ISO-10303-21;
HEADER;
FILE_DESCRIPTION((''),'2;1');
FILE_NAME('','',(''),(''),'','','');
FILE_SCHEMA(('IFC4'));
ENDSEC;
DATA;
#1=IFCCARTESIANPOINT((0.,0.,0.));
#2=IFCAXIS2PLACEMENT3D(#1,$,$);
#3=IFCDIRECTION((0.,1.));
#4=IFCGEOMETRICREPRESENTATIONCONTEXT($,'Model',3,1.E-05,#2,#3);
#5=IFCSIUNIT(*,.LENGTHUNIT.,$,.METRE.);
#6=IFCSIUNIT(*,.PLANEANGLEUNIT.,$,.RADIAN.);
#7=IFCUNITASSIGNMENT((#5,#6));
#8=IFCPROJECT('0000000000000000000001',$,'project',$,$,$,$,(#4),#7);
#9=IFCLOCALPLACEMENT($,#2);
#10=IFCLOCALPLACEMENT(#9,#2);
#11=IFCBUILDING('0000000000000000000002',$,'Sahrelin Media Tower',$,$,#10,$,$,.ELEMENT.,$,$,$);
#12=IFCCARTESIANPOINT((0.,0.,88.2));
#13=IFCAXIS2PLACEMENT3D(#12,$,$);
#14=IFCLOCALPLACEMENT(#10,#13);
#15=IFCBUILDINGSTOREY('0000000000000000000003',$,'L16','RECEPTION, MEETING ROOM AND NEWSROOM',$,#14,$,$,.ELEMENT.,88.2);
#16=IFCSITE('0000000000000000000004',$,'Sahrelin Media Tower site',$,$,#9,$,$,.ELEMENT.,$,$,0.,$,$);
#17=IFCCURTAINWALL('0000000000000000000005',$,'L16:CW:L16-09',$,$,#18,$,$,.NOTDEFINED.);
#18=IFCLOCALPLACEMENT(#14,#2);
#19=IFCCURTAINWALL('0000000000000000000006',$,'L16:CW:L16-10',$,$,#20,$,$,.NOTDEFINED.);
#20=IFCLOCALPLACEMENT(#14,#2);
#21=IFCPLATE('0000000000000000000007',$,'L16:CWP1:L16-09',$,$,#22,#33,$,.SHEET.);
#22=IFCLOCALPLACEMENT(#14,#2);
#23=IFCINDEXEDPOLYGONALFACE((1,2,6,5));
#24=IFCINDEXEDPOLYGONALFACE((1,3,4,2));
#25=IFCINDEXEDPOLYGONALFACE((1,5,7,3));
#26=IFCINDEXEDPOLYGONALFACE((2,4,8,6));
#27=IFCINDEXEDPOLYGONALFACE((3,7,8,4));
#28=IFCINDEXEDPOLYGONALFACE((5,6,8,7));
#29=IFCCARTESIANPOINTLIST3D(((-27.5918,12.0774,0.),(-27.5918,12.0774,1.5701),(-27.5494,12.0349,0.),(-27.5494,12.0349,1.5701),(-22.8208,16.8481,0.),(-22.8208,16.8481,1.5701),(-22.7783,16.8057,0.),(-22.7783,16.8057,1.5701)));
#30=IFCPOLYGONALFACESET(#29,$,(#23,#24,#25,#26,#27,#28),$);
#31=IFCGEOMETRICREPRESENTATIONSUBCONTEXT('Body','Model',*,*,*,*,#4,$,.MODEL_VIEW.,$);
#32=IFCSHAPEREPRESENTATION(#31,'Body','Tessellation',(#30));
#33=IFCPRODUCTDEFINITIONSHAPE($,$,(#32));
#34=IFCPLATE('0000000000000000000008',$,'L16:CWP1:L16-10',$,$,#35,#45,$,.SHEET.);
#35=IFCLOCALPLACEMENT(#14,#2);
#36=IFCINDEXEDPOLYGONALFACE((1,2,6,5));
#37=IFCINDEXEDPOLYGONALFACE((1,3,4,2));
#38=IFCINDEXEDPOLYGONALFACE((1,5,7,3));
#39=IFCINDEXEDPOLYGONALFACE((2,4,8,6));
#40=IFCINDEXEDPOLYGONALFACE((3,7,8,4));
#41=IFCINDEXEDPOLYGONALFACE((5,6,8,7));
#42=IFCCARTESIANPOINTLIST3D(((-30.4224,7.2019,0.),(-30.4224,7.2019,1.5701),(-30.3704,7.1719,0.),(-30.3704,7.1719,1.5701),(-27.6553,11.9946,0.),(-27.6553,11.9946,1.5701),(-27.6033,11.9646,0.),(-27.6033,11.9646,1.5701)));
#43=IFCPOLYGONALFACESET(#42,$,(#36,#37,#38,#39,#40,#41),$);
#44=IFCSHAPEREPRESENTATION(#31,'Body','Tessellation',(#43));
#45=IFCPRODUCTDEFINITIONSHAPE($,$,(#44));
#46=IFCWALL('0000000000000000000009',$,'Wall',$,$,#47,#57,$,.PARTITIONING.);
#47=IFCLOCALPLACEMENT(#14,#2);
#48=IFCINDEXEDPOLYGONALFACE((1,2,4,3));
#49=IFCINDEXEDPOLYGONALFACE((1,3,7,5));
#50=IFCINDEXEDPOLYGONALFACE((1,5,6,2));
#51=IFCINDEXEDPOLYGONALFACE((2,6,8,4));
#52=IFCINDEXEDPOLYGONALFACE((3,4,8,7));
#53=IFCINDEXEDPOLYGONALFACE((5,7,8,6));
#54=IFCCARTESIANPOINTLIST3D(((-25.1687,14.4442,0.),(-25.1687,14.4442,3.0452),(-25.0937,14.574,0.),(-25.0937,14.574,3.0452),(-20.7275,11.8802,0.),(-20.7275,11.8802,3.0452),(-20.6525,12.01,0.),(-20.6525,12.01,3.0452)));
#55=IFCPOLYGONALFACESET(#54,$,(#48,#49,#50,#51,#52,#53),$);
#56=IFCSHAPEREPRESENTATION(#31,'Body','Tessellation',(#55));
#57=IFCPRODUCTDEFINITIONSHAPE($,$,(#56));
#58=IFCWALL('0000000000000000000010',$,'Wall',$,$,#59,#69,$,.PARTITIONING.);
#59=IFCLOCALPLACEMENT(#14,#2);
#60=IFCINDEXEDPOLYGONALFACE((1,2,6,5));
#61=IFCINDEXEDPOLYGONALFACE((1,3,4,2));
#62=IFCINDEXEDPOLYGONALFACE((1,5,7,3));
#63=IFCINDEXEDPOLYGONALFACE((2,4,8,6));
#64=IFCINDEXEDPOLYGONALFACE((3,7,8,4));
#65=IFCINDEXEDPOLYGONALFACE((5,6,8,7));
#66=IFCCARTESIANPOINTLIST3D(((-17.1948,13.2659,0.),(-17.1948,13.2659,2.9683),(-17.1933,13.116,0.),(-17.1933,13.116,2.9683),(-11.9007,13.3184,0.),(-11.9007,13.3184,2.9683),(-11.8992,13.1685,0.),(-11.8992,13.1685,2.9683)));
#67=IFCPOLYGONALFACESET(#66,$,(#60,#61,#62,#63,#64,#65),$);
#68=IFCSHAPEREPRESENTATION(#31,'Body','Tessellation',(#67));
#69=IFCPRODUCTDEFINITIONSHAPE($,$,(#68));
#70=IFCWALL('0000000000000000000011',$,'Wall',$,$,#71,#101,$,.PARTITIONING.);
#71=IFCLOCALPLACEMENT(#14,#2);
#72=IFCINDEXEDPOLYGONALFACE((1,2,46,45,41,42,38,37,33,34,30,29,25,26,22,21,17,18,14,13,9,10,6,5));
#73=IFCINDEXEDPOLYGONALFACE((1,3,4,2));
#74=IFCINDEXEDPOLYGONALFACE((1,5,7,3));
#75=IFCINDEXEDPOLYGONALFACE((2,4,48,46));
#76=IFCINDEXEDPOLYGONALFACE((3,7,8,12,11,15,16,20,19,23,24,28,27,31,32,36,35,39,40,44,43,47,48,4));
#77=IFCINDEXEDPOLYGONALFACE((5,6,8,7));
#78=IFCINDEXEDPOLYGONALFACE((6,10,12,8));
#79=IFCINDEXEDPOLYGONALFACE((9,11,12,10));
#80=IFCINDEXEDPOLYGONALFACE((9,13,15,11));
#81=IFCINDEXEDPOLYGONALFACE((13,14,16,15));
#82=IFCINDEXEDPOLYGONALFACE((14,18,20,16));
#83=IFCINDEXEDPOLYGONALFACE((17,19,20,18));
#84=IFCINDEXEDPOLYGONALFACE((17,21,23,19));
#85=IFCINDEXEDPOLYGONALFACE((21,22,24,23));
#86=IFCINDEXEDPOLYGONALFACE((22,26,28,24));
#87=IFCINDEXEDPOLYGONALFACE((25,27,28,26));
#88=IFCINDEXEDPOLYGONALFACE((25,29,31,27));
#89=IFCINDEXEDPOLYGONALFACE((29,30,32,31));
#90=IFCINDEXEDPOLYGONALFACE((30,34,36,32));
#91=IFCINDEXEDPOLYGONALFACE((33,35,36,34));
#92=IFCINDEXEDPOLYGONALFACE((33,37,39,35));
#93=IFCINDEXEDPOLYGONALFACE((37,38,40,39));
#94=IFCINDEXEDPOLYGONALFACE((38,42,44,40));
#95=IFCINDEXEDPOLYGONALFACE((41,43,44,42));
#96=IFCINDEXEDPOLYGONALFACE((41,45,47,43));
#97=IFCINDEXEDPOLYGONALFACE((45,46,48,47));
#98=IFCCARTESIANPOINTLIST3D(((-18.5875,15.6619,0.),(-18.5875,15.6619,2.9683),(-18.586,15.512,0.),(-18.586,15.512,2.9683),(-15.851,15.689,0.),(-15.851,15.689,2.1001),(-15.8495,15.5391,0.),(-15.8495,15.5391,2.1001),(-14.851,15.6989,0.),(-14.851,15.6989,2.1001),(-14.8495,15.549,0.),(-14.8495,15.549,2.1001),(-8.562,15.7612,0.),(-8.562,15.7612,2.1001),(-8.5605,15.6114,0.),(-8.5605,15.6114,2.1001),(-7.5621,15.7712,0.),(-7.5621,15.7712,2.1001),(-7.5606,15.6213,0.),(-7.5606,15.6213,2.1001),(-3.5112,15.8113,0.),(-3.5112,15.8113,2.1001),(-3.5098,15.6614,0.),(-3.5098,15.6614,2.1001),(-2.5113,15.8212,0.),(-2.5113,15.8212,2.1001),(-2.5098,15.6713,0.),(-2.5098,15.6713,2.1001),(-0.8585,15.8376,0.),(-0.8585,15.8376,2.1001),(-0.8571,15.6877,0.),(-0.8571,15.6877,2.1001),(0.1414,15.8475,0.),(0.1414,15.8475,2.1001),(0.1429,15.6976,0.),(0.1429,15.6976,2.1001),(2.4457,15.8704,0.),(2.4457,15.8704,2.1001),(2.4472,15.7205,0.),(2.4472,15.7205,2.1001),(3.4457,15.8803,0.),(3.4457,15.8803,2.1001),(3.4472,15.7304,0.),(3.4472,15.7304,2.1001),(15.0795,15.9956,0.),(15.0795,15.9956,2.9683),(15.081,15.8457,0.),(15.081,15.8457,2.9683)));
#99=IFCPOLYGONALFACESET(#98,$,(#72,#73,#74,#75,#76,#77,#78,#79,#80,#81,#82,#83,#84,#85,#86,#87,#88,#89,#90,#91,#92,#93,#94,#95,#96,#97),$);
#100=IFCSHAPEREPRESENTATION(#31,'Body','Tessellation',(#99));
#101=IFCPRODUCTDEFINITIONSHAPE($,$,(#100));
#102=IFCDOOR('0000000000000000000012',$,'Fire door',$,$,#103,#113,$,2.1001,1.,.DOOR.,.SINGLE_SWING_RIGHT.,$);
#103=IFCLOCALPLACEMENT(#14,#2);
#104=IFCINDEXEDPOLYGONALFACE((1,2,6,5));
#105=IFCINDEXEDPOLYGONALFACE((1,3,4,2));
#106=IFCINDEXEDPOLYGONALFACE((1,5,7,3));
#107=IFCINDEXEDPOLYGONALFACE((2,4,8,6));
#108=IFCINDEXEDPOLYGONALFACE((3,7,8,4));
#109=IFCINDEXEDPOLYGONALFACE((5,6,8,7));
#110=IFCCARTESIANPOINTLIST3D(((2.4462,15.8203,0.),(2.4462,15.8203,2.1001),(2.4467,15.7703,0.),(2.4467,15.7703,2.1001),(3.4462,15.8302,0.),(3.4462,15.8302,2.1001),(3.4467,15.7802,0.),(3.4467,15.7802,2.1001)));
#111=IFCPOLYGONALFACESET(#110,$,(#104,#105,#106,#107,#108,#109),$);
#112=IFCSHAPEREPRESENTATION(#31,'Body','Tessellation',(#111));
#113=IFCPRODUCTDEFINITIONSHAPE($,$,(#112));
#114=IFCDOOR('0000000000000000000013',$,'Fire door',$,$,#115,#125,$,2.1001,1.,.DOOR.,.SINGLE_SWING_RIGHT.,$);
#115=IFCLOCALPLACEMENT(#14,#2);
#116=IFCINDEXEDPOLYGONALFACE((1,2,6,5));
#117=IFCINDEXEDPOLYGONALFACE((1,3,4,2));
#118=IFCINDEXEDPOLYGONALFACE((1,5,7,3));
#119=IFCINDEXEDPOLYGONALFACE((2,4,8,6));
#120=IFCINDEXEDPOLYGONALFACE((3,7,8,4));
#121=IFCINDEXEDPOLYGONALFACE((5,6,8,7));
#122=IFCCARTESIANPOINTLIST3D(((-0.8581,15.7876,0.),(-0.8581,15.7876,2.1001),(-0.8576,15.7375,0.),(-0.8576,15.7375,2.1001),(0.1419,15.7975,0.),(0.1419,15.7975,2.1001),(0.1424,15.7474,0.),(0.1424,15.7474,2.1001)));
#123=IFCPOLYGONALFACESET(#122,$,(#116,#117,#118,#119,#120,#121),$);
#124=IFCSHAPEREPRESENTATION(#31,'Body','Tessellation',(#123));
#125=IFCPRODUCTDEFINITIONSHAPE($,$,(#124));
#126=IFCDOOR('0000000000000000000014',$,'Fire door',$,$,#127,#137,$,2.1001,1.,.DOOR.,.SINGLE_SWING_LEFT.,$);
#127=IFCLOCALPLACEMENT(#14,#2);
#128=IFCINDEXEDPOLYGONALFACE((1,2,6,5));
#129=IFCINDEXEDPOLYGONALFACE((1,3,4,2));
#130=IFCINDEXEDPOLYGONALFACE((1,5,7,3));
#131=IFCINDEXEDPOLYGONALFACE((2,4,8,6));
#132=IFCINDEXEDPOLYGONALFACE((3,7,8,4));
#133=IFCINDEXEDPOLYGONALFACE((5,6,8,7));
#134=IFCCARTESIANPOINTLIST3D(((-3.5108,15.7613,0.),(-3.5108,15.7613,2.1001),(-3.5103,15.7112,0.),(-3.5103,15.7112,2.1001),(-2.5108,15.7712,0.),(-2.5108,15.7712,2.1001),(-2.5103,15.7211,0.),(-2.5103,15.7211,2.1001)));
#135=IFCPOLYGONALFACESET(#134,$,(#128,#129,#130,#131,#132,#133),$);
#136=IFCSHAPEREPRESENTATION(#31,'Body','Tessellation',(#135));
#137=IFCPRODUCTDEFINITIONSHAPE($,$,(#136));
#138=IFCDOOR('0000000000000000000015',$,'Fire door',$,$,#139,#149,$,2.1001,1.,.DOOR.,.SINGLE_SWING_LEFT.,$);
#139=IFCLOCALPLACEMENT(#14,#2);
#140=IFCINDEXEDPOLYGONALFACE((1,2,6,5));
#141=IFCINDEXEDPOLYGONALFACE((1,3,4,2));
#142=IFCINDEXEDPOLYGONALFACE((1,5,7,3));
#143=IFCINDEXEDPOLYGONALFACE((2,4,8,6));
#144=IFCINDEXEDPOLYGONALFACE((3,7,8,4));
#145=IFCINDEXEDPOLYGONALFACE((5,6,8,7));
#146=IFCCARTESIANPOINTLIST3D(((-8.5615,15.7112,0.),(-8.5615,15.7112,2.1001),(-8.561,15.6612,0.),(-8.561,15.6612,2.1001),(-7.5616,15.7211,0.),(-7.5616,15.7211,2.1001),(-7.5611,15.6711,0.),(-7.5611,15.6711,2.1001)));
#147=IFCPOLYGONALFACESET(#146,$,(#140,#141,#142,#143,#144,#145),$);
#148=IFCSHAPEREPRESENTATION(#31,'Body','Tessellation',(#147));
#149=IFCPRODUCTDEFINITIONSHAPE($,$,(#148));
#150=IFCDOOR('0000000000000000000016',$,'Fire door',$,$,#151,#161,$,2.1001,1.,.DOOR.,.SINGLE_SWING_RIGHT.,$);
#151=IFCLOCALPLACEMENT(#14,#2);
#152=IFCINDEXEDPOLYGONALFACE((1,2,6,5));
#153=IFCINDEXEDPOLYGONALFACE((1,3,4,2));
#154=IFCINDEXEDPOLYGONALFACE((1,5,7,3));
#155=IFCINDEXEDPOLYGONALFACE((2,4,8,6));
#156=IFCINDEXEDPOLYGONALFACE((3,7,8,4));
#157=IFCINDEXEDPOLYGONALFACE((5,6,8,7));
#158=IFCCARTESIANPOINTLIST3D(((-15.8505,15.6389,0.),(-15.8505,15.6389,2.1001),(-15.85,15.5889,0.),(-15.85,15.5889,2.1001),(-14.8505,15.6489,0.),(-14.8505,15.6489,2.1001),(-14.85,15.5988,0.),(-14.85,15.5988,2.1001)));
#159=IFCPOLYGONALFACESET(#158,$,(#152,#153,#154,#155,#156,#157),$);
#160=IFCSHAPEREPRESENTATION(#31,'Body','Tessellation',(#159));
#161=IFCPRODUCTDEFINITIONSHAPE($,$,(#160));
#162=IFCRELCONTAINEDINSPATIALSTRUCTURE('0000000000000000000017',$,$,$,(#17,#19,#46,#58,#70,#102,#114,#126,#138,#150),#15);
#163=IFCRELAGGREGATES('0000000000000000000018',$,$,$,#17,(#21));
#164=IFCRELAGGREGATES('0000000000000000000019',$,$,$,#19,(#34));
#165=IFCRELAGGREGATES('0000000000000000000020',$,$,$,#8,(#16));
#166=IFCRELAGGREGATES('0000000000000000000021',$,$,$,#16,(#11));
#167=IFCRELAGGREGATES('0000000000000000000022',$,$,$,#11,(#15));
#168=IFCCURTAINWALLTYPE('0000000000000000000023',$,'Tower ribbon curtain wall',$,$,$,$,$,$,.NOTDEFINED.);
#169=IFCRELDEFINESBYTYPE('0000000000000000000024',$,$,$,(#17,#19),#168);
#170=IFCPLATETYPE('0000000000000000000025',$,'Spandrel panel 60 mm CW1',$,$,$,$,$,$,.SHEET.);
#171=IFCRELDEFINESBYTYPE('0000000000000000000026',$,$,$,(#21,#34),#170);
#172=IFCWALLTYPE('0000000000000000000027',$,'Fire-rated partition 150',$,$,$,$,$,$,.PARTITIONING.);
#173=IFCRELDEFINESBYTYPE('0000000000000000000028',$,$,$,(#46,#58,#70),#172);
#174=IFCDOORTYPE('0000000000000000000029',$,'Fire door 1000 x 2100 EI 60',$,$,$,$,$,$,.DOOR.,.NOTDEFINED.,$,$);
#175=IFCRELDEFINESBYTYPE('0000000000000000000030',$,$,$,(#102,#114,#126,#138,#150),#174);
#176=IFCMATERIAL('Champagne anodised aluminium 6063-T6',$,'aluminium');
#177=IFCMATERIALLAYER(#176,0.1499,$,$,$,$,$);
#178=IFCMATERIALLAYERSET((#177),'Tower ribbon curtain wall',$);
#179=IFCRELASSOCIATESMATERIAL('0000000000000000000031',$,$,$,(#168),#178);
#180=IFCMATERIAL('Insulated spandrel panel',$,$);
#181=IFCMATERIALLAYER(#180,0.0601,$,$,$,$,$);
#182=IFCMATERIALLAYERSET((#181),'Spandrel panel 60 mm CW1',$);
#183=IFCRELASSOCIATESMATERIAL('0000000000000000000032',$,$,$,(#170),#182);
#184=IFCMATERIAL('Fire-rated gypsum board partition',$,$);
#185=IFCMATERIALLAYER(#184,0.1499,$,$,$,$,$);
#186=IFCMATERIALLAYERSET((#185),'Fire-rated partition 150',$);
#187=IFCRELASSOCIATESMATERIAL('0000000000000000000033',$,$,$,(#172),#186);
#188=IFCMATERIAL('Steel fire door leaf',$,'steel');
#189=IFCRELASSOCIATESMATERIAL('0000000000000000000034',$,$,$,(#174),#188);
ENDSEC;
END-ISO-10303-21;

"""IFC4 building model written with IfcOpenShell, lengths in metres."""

from ifc_helpers import new_model, si_unit, direction, frame, frame_2d, origin, place, context, subcontext, project, spatial, polyline, rectangle, outline, extrude, material, layer, layer_set, type_object, element, fill, aggregate, save


model = new_model("IFC4")

# Units and contexts
model_context = context("Model", 3, precision=1e-05, world=origin(), true_north=direction((0.0, 1.0)))
body_context = subcontext(model_context, "Body", "Model", "MODEL_VIEW")
ifc_project = project(units=[si_unit("LENGTHUNIT", "METRE"), si_unit("PLANEANGLEUNIT", "RADIAN")], contexts=[model_context])

# Site, building, storey
site_placement = place(None, origin())
site = spatial("IfcSite", under=ifc_project, at=site_placement, Name="Sahrelin Media Tower site", CompositionType="ELEMENT", RefElevation=0.0)
building_placement = place(site_placement, origin())
building = spatial("IfcBuilding", under=site, at=building_placement, Name="Sahrelin Media Tower", CompositionType="ELEMENT")
storey_placement = place(building_placement, frame((0.0, 0.0, 88.2)))
storey = spatial("IfcBuildingStorey", under=building, at=storey_placement, Name="L16", Description="RECEPTION, MEETING ROOM AND NEWSROOM", CompositionType="ELEMENT", Elevation=88.2)

# Curtain wall
ifc_material_1 = material(Name="Champagne anodised aluminium 6063-T6", Category="aluminium")
ifc_layer_1 = layer(ifc_material_1, 0.1499)
ifc_layer_set_1 = layer_set([ifc_layer_1], Name="Tower ribbon curtain wall")
curtain_wall_type = type_object("IfcCurtainWallType", Name="Tower ribbon curtain wall", PredefinedType="NOTDEFINED", material=ifc_layer_set_1)
curtain_wall_1_placement = place(storey_placement, frame((-25.1921, 14.4487, 0.0), z_axis=(0.0, 0.0, 1.0), x_axis=(1.0, 0.0, 0.0)))
curtain_wall_1 = element("IfcCurtainWall", 1, at=curtain_wall_1_placement, inside=storey, type_object=curtain_wall_type, Name="L16:CW:L16-09", PredefinedType="NOTDEFINED")

# Curtain wall
curtain_wall_2_placement = place(storey_placement, frame((-29.0215, 9.5884, 0.0), z_axis=(0.0, 0.0, 1.0), x_axis=(1.0, 0.0, 0.0)))
curtain_wall_2 = element("IfcCurtainWall", 2, at=curtain_wall_2_placement, inside=storey, type_object=curtain_wall_type, Name="L16:CW:L16-10", PredefinedType="NOTDEFINED")

# Plates
ifc_material_2 = material(Name="Insulated spandrel panel")
ifc_layer_2 = layer(ifc_material_2, 0.0601)
ifc_layer_set_2 = layer_set([ifc_layer_2], Name="Spandrel panel 60 mm CW1")
plate_type_1 = type_object("IfcPlateType", Name="Spandrel panel 60 mm CW1", PredefinedType="SHEET", material=ifc_layer_set_2)
plate_1_placement = place(storey_placement, frame((-22.8208, 16.8481, 0.0), z_axis=(-0.707089, 0.707125, 0.0), x_axis=(-0.707125, -0.707089, 0.0)))
plate_1 = element("IfcPlate", 3, at=plate_1_placement, type_object=plate_type_1, Name="L16:CWP1:L16-09", PredefinedType="SHEET", context=body_context, shape_type="SweptSolid", body=[
    extrude(outline(polyline([(0.0, 0.0), (6.7471, 0.0), (6.7471, 1.5701), (0.0, 1.5701), (0.0, 0.0)])), origin(), (0.0, 0.0, -1.0), 0.0601),
])
aggregate(curtain_wall_1, [plate_1])
plate_2_placement = place(storey_placement, frame((-27.6553, 11.9946, 0.0), z_axis=(-0.866025, 0.500001, 0.0), x_axis=(-0.500001, -0.866025, 0.0)))
plate_2 = element("IfcPlate", 4, at=plate_2_placement, type_object=plate_type_1, Name="L16:CWP1:L16-10", PredefinedType="SHEET", context=body_context, shape_type="SweptSolid", body=[
    extrude(outline(polyline([(0.0, 0.0), (5.5342, 0.0), (5.5342, 1.5701), (0.0, 1.5701), (0.0, 0.0)])), origin(), (0.0, 0.0, -1.0), 0.0601),
])
aggregate(curtain_wall_2, [plate_2])

# Walls
ifc_material_3 = material(Name="Fire-rated gypsum board partition")
ifc_layer_3 = layer(ifc_material_3, 0.1499)
ifc_layer_set_3 = layer_set([ifc_layer_3], Name="Fire-rated partition 150")
wall_type_1 = type_object("IfcWallType", Name="Fire-rated partition 150", PredefinedType="PARTITIONING", material=ifc_layer_set_3)
wall_1_placement = place(storey_placement, frame((-25.1311, 14.509, 0.0), z_axis=(0.0, 0.0, 1.0), x_axis=(0.866037, -0.499979, 0.0)))
element("IfcWall", 5, at=wall_1_placement, inside=storey, type_object=wall_type_1, Name="Wall", PredefinedType="PARTITIONING", context=body_context, shape_type="SweptSolid", body=[
    extrude(rectangle(XDim=5.1282, YDim=0.1499, at=frame_2d((2.564, 0.0))), origin(), (0.0, 0.0, 1.0), 3.0452),
])
wall_2_placement = place(storey_placement, frame((-17.1941, 13.1909, 0.0), z_axis=(0.0, 0.0, 1.0), x_axis=(0.999951, 0.009914, 0.0)))
element("IfcWall", 6, at=wall_2_placement, inside=storey, type_object=wall_type_1, Name="Wall", PredefinedType="PARTITIONING", context=body_context, shape_type="SweptSolid", body=[
    extrude(rectangle(XDim=5.2944, YDim=0.1499, at=frame_2d((2.6472, 0.0))), origin(), (0.0, 0.0, 1.0), 2.9683),
])

# Wall, openings, doors
wall_3_placement = place(storey_placement, frame((-18.5869, 15.5869, 0.0), z_axis=(0.0, 0.0, 1.0), x_axis=(0.999951, 0.009912, 0.0)))
wall_3 = element("IfcWall", 7, at=wall_3_placement, inside=storey, type_object=wall_type_1, Name="Wall", PredefinedType="PARTITIONING", context=body_context, shape_type="SweptSolid", body=[
    extrude(rectangle(XDim=33.6687, YDim=0.1499, at=frame_2d((16.8345, 0.0))), origin(), (0.0, 0.0, 1.0), 2.9683),
])
opening_1_placement = place(wall_3_placement, frame((21.0344, 0.0, 0.0)))
opening_1 = element("IfcOpeningElement", 8, at=opening_1_placement, cuts=wall_3, PredefinedType="OPENING", context=body_context, shape_type="SweptSolid", body=[
    extrude(rectangle(XDim=1.0, YDim=2.1001, at=frame_2d((0.5, 1.05))), frame((0.0, 0.075, 0.0), z_axis=(0.0, -1.0, 0.0), x_axis=(1.0, 0.0, 0.0)), (0.0, 0.0, 1.0), 0.1499),
])
opening_2_placement = place(wall_3_placement, frame((17.73, 0.0, 0.0)))
opening_2 = element("IfcOpeningElement", 9, at=opening_2_placement, cuts=wall_3, PredefinedType="OPENING", context=body_context, shape_type="SweptSolid", body=[
    extrude(rectangle(XDim=1.0, YDim=2.1001, at=frame_2d((0.5, 1.05))), frame((0.0, 0.075, 0.0), z_axis=(0.0, -1.0, 0.0), x_axis=(1.0, 0.0, 0.0)), (0.0, 0.0, 1.0), 0.1499),
])
opening_3_placement = place(wall_3_placement, frame((15.0771, 0.0, 0.0)))
opening_3 = element("IfcOpeningElement", 10, at=opening_3_placement, cuts=wall_3, PredefinedType="OPENING", context=body_context, shape_type="SweptSolid", body=[
    extrude(rectangle(XDim=1.0, YDim=2.1001, at=frame_2d((0.5, 1.05))), frame((0.0, 0.075, 0.0), z_axis=(0.0, -1.0, 0.0), x_axis=(1.0, 0.0, 0.0)), (0.0, 0.0, 1.0), 0.1499),
])
opening_4_placement = place(wall_3_placement, frame((10.0261, 0.0, 0.0)))
opening_4 = element("IfcOpeningElement", 11, at=opening_4_placement, cuts=wall_3, PredefinedType="OPENING", context=body_context, shape_type="SweptSolid", body=[
    extrude(rectangle(XDim=1.0, YDim=2.1001, at=frame_2d((0.5, 1.05))), frame((0.0, 0.075, 0.0), z_axis=(0.0, -1.0, 0.0), x_axis=(1.0, 0.0, 0.0)), (0.0, 0.0, 1.0), 0.1499),
])
opening_5_placement = place(wall_3_placement, frame((2.7368, 0.0, 0.0)))
opening_5 = element("IfcOpeningElement", 12, at=opening_5_placement, cuts=wall_3, PredefinedType="OPENING", context=body_context, shape_type="SweptSolid", body=[
    extrude(rectangle(XDim=1.0, YDim=2.1001, at=frame_2d((0.5, 1.05))), frame((0.0, 0.075, 0.0), z_axis=(0.0, -1.0, 0.0), x_axis=(1.0, 0.0, 0.0)), (0.0, 0.0, 1.0), 0.1499),
])
ifc_material_4 = material(Name="Steel fire door leaf", Category="steel")
door_type_1 = type_object("IfcDoorType", Name="Fire door 1000 x 2100 EI 60", OperationType="NOTDEFINED", PredefinedType="DOOR", material=ifc_material_4)
door_1_placement = place(opening_1_placement, origin())
door_1 = element("IfcDoor", 13, at=door_1_placement, inside=storey, type_object=door_type_1, Name="Fire door", OperationType="SINGLE_SWING_RIGHT", OverallHeight=2.1001, OverallWidth=1.0, PredefinedType="DOOR", context=body_context, shape_type="SweptSolid", body=[
    extrude(rectangle(XDim=1.0, YDim=2.1001, at=frame_2d((0.5, 1.05))), frame((0.0, 0.0249, 0.0), z_axis=(0.0, -1.0, 0.0), x_axis=(1.0, 0.0, 0.0)), (0.0, 0.0, 1.0), 0.05),
])
fill(opening_1, door_1)
door_2_placement = place(opening_2_placement, origin())
door_2 = element("IfcDoor", 14, at=door_2_placement, inside=storey, type_object=door_type_1, Name="Fire door", OperationType="SINGLE_SWING_RIGHT", OverallHeight=2.1001, OverallWidth=1.0, PredefinedType="DOOR", context=body_context, shape_type="SweptSolid", body=[
    extrude(rectangle(XDim=1.0, YDim=2.1001, at=frame_2d((0.5, 1.05))), frame((0.0, 0.0249, 0.0), z_axis=(0.0, -1.0, 0.0), x_axis=(1.0, 0.0, 0.0)), (0.0, 0.0, 1.0), 0.05),
])
fill(opening_2, door_2)
door_3_placement = place(opening_3_placement, origin())
door_3 = element("IfcDoor", 15, at=door_3_placement, inside=storey, type_object=door_type_1, Name="Fire door", OperationType="SINGLE_SWING_LEFT", OverallHeight=2.1001, OverallWidth=1.0, PredefinedType="DOOR", context=body_context, shape_type="SweptSolid", body=[
    extrude(rectangle(XDim=1.0, YDim=2.1001, at=frame_2d((0.5, 1.05))), frame((0.0, 0.0249, 0.0), z_axis=(0.0, -1.0, 0.0), x_axis=(1.0, 0.0, 0.0)), (0.0, 0.0, 1.0), 0.05),
])
fill(opening_3, door_3)
door_4_placement = place(opening_4_placement, origin())
door_4 = element("IfcDoor", 16, at=door_4_placement, inside=storey, type_object=door_type_1, Name="Fire door", OperationType="SINGLE_SWING_LEFT", OverallHeight=2.1001, OverallWidth=1.0, PredefinedType="DOOR", context=body_context, shape_type="SweptSolid", body=[
    extrude(rectangle(XDim=1.0, YDim=2.1001, at=frame_2d((0.5, 1.05))), frame((0.0, 0.0249, 0.0), z_axis=(0.0, -1.0, 0.0), x_axis=(1.0, 0.0, 0.0)), (0.0, 0.0, 1.0), 0.05),
])
fill(opening_4, door_4)
door_5_placement = place(opening_5_placement, origin())
door_5 = element("IfcDoor", 17, at=door_5_placement, inside=storey, type_object=door_type_1, Name="Fire door", OperationType="SINGLE_SWING_RIGHT", OverallHeight=2.1001, OverallWidth=1.0, PredefinedType="DOOR", context=body_context, shape_type="SweptSolid", body=[
    extrude(rectangle(XDim=1.0, YDim=2.1001, at=frame_2d((0.5, 1.05))), frame((0.0, 0.0249, 0.0), z_axis=(0.0, -1.0, 0.0), x_axis=(1.0, 0.0, 0.0)), (0.0, 0.0, 1.0), 0.05),
])
fill(opening_5, door_5)

save(model, "model.ifc")
